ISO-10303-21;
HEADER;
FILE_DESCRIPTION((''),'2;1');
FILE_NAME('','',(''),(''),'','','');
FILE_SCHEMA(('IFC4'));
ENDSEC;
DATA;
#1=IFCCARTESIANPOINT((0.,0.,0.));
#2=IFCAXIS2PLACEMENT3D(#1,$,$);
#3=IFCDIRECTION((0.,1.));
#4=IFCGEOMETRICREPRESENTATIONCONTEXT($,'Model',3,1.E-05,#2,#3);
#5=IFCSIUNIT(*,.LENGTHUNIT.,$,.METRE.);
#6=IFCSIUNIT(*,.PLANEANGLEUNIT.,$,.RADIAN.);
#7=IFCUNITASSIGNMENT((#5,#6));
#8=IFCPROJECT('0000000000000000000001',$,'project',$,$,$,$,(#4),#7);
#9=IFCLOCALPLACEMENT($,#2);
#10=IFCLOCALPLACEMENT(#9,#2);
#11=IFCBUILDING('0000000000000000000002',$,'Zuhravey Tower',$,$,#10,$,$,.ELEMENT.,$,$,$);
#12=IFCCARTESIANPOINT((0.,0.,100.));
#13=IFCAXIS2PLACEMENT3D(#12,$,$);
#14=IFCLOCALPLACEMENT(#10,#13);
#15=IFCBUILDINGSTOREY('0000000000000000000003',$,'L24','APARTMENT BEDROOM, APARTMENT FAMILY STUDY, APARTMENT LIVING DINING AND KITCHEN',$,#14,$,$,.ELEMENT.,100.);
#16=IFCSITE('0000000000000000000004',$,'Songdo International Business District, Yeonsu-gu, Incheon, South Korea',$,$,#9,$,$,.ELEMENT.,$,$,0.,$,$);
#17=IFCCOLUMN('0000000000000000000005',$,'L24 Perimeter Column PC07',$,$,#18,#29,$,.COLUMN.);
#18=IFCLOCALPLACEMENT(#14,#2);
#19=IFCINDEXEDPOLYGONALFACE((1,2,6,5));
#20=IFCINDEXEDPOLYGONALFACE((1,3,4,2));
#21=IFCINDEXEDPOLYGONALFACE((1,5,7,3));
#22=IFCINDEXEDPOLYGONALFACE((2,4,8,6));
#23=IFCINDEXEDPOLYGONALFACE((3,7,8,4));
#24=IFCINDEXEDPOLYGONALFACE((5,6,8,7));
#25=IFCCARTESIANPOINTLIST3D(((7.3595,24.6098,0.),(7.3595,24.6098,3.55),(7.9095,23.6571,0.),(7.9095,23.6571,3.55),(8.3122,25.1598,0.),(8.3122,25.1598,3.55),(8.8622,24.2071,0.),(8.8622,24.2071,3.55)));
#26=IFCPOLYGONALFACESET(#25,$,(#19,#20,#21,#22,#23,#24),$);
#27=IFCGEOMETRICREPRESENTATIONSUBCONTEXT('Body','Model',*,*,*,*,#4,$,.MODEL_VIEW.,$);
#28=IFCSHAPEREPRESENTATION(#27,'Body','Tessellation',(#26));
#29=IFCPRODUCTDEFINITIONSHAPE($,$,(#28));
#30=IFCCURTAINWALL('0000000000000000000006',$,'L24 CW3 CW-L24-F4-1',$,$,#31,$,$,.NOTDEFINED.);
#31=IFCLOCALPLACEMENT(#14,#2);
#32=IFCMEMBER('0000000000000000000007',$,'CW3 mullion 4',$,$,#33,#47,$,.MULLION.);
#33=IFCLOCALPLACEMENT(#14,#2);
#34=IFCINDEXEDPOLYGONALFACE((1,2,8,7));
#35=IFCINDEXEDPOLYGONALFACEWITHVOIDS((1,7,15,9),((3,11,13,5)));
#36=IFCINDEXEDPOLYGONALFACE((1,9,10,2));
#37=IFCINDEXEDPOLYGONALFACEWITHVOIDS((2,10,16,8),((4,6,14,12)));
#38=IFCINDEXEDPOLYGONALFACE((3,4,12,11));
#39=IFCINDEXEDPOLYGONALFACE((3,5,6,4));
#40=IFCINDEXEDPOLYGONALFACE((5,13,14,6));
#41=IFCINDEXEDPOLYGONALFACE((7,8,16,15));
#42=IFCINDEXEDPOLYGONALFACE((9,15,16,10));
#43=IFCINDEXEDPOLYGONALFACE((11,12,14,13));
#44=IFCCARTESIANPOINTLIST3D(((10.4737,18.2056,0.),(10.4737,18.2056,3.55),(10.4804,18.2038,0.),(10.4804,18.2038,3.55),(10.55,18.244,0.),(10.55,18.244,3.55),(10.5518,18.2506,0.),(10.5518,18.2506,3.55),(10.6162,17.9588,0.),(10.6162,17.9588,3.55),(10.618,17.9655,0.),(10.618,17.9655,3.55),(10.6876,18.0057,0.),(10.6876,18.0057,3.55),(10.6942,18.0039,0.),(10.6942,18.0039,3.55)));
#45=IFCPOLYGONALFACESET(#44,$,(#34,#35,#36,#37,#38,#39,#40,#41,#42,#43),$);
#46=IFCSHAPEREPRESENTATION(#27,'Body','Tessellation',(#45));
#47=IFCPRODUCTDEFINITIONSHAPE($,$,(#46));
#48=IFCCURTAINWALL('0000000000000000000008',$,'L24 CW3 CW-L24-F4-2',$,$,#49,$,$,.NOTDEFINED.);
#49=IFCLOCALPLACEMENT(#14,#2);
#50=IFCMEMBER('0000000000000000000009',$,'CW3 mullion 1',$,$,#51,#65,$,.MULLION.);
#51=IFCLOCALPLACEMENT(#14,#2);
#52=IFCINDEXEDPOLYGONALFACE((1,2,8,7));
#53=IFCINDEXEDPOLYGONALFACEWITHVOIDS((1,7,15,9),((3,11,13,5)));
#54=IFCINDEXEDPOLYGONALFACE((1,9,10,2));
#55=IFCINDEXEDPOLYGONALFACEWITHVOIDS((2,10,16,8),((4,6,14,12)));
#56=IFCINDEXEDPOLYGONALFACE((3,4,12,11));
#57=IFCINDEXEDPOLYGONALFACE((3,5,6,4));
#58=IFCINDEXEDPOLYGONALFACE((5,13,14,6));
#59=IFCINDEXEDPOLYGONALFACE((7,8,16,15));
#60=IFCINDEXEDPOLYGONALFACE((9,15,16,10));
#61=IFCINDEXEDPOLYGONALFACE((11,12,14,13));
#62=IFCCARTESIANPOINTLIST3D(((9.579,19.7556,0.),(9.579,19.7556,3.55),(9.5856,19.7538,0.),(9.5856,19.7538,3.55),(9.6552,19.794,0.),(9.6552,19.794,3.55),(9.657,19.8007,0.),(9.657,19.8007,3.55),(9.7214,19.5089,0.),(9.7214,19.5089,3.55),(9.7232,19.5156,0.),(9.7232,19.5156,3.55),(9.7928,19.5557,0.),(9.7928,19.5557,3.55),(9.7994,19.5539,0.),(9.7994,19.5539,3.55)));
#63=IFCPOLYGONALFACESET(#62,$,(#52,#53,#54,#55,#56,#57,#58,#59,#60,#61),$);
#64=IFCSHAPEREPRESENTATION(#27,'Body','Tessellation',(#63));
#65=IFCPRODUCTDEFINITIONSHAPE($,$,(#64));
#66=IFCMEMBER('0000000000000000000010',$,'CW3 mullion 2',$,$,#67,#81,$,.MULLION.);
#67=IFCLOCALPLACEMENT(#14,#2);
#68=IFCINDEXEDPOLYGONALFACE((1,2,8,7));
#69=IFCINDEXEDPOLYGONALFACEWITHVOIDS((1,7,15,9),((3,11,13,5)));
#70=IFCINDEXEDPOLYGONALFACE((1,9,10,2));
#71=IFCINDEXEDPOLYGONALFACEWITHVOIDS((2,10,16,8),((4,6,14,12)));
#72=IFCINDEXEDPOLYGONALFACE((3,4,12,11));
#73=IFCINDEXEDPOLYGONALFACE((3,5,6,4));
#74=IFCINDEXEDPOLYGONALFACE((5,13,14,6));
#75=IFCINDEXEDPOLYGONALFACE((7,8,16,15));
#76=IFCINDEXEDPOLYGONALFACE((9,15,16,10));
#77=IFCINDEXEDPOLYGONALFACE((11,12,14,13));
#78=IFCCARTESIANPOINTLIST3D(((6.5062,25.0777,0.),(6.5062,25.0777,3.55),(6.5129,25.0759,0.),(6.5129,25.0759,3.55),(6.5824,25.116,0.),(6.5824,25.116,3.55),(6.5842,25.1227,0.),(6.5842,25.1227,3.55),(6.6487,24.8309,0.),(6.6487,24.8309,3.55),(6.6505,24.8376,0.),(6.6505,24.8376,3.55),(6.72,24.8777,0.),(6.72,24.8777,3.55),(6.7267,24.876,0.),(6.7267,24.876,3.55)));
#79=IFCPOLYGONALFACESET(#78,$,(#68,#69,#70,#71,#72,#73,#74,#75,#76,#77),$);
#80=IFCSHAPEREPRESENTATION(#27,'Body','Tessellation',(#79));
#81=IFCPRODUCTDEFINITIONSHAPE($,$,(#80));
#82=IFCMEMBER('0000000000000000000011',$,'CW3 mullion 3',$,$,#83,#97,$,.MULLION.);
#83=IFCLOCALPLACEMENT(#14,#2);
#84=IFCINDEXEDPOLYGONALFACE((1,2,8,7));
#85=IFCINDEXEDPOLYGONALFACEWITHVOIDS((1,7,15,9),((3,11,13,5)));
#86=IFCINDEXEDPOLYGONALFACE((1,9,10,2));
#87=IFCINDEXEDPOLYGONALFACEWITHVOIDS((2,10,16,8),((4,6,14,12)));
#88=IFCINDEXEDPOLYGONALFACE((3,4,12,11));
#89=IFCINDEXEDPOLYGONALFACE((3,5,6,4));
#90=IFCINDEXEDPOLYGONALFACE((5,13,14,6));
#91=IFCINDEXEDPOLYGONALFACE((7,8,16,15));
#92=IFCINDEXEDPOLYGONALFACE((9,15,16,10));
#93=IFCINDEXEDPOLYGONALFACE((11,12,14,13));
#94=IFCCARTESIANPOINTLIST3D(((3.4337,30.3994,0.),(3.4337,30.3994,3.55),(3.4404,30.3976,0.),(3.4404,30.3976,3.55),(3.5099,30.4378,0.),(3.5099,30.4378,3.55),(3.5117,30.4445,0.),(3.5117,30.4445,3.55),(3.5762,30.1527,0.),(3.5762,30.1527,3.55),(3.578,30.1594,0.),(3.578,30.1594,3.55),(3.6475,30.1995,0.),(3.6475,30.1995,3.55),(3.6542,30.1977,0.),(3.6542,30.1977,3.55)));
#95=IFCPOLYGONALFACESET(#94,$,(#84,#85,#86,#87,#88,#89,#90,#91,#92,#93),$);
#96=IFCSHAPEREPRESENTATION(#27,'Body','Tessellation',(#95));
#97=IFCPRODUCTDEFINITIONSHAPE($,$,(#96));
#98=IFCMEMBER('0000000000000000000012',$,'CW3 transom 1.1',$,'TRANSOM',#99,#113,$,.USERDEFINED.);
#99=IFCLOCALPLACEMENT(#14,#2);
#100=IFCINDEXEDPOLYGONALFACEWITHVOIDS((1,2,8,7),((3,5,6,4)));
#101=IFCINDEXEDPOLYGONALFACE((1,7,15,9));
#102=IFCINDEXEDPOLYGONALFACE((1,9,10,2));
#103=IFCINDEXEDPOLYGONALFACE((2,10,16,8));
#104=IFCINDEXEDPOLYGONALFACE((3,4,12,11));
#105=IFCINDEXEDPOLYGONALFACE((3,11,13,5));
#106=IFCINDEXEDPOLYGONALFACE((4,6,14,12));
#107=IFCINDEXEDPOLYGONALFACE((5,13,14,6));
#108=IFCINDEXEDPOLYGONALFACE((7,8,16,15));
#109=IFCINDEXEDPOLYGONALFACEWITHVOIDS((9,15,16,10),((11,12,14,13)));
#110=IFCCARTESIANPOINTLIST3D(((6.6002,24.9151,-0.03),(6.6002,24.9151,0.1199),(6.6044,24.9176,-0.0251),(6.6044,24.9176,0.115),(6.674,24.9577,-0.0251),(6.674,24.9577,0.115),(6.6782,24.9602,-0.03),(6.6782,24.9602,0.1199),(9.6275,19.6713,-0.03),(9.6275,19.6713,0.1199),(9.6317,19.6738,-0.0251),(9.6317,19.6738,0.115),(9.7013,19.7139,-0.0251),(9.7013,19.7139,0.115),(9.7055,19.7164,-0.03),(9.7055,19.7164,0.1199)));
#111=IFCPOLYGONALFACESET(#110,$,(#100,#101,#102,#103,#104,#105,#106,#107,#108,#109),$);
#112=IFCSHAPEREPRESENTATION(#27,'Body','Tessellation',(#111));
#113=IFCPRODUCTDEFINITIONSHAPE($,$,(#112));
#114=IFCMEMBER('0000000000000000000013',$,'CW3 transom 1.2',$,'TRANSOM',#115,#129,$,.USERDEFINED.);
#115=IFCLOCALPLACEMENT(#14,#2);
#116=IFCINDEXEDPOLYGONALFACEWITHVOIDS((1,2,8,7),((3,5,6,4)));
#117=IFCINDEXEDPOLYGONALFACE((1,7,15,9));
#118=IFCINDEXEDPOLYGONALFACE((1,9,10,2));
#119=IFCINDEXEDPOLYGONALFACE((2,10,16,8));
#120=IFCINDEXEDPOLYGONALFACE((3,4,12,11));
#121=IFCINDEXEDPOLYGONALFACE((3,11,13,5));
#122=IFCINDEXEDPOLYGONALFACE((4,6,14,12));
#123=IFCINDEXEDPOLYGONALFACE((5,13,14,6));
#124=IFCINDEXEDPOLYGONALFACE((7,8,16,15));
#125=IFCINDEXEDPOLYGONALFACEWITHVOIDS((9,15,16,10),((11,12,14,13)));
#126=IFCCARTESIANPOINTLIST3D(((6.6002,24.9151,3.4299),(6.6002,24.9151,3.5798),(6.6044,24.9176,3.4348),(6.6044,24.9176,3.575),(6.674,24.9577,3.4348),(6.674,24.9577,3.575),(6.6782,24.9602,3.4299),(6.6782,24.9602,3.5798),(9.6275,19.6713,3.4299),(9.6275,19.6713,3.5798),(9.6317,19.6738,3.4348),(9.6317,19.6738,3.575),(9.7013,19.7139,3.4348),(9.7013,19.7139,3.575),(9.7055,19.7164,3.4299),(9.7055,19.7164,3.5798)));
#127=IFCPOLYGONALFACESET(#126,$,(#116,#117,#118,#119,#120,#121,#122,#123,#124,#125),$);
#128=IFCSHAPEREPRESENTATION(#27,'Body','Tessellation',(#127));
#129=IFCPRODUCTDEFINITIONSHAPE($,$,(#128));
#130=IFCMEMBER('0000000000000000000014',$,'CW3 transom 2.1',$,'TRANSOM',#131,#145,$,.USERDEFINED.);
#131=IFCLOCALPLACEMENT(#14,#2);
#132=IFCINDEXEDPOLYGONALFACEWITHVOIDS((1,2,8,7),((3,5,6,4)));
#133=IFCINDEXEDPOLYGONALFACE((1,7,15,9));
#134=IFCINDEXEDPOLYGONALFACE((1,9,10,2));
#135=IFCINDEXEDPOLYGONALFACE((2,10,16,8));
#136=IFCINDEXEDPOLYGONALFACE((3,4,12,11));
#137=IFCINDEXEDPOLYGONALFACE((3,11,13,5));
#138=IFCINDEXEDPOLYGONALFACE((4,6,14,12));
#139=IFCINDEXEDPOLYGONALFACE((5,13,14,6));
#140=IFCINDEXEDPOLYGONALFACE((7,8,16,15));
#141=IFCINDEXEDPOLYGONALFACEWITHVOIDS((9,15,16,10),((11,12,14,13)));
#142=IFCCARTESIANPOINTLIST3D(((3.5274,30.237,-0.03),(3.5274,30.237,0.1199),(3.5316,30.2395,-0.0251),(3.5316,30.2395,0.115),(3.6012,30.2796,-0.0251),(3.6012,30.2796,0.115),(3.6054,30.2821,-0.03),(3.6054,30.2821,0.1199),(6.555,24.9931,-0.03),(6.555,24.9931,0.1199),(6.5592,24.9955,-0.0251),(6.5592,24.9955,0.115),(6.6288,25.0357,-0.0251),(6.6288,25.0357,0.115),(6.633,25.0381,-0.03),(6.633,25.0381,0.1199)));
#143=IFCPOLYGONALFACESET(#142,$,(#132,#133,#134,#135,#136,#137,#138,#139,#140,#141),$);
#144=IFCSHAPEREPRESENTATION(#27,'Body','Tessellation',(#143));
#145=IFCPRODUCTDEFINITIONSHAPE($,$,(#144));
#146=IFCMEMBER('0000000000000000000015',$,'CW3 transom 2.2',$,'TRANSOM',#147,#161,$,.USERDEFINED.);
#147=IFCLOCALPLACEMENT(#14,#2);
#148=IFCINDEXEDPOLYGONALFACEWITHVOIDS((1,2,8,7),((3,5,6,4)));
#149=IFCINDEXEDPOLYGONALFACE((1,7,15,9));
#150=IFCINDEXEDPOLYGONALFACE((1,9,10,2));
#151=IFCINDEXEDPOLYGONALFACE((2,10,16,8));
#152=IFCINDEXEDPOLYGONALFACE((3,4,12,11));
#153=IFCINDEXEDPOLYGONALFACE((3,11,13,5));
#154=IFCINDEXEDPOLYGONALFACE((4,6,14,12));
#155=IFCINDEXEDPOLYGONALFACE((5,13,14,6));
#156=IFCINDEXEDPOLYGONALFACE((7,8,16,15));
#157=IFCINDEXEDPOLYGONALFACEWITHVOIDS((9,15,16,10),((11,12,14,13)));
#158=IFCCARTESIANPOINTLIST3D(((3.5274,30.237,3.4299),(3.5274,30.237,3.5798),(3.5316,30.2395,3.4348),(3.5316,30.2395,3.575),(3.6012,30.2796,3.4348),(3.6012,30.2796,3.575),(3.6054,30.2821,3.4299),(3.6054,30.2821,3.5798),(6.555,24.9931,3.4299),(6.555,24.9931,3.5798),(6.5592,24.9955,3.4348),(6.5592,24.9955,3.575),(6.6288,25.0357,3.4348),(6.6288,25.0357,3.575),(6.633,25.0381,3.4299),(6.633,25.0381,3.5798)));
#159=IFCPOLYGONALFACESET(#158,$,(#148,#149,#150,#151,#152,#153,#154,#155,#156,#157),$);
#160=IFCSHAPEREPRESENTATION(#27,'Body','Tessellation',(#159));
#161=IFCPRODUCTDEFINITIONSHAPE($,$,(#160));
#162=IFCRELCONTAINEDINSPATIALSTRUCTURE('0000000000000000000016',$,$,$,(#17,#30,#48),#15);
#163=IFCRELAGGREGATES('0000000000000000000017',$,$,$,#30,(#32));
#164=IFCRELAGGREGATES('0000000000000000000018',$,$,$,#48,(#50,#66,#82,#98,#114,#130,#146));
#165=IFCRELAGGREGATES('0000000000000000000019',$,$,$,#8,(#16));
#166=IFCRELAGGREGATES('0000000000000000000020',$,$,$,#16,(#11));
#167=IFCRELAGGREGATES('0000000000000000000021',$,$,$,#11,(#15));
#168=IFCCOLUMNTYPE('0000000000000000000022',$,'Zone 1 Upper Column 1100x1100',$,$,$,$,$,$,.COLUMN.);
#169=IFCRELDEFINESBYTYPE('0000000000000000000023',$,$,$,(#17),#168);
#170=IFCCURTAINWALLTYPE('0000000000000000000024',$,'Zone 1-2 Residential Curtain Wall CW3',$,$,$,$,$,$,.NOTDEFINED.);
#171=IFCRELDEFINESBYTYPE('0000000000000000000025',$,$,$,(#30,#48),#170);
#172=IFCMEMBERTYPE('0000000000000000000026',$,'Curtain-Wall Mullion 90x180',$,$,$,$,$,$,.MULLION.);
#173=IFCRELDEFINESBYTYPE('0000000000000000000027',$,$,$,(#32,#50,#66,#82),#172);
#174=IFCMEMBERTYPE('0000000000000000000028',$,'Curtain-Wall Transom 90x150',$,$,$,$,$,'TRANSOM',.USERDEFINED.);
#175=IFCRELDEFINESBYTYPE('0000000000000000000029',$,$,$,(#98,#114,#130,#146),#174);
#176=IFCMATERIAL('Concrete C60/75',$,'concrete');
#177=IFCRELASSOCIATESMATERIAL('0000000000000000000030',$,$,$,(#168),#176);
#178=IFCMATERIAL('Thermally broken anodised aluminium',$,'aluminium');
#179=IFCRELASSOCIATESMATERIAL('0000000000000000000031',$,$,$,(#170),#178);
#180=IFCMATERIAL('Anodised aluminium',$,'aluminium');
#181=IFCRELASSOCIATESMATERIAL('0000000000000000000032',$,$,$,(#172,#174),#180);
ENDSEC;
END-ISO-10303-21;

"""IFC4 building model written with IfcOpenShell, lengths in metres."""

from ifc_helpers import new_model, si_unit, direction, frame, origin, origin_2d, place, context, subcontext, project, spatial, rectangle, hollow_rectangle, extrude, material, material_profile, profile_set, type_object, element, aggregate, save


model = new_model("IFC4")

# Units and contexts
model_context = context("Model", 3, precision=1e-05, world=origin(), true_north=direction((0.0, 1.0)))
body_context = subcontext(model_context, "Body", "Model", "MODEL_VIEW")
ifc_project = project(units=[si_unit("LENGTHUNIT", "METRE"), si_unit("PLANEANGLEUNIT", "RADIAN")], contexts=[model_context])

# Site, building, storey
site_placement = place(None, origin())
site = spatial("IfcSite", under=ifc_project, at=site_placement, Name="Songdo International Business District, Yeonsu-gu, Incheon, South Korea", CompositionType="ELEMENT", RefElevation=0.0)
building_placement = place(site_placement, origin())
building = spatial("IfcBuilding", under=site, at=building_placement, Name="Zuhravey Tower", CompositionType="ELEMENT")
storey_placement = place(building_placement, frame((0.0, 0.0, 100.0)))
storey = spatial("IfcBuildingStorey", under=building, at=storey_placement, Name="L24", Description="APARTMENT BEDROOM, APARTMENT FAMILY STUDY, APARTMENT LIVING DINING AND KITCHEN", CompositionType="ELEMENT", Elevation=100.0)

# Column
ifc_material_1 = material(Name="Concrete C60/75", Category="concrete")
ifc_material_profile_1 = material_profile(ifc_material_1, rectangle(XDim=1.1001, YDim=1.1001, at=origin_2d()), Name="RC-1100x1100")
ifc_profile_set_1 = profile_set([ifc_material_profile_1], Name="Concrete C60/75")
column_type = type_object("IfcColumnType", Name="Zone 1 Upper Column 1100x1100", PredefinedType="COLUMN", material=ifc_profile_set_1)
column_placement = place(storey_placement, frame((8.1108, 24.4084, 0.0), z_axis=(0.0, 0.0, 1.0), x_axis=(0.5, -0.866025, 0.0)))
element("IfcColumn", 1, at=column_placement, inside=storey, type_object=column_type, Name="L24 Perimeter Column PC07", PredefinedType="COLUMN", context=body_context, shape_type="SweptSolid", body=[
    extrude(rectangle(XDim=1.1001, YDim=1.1001, at=origin_2d()), origin(), (0.0, 0.0, 1.0), 3.55),
])

# Curtain wall, member
ifc_material_2 = material(Name="Thermally broken anodised aluminium", Category="aluminium")
curtain_wall_type = type_object("IfcCurtainWallType", Name="Zone 1-2 Residential Curtain Wall CW3", PredefinedType="NOTDEFINED", material=ifc_material_2)
curtain_wall_1_placement = place(storey_placement, origin())
curtain_wall_1 = element("IfcCurtainWall", 2, at=curtain_wall_1_placement, inside=storey, type_object=curtain_wall_type, Name="L24 CW3 CW-L24-F4-1", PredefinedType="NOTDEFINED")
ifc_material_3 = material(Name="Anodised aluminium", Category="aluminium")
ifc_material_profile_2 = material_profile(ifc_material_3, hollow_rectangle(XDim=0.0901, YDim=0.2849, WallThickness=0.0049, at=origin_2d()), Name="ALU-RHS-90x285x5")
ifc_profile_set_2 = profile_set([ifc_material_profile_2], Name="Anodised aluminium")
member_type_1 = type_object("IfcMemberType", Name="Curtain-Wall Mullion 90x180", PredefinedType="MULLION", material=ifc_profile_set_2)
member_1_placement = place(storey_placement, frame((10.584, 18.1047, 0.0), z_axis=(0.0, 0.0, 1.0), x_axis=(-0.866026, -0.499999, 0.0)))
member_1 = element("IfcMember", 3, at=member_1_placement, type_object=member_type_1, Name="CW3 mullion 4", PredefinedType="MULLION", context=body_context, shape_type="SweptSolid", body=[
    extrude(hollow_rectangle(XDim=0.0901, YDim=0.2849, WallThickness=0.0049, at=origin_2d()), origin(), (0.0, 0.0, 1.0), 3.55),
])

# Curtain wall, members
curtain_wall_2_placement = place(storey_placement, origin())
curtain_wall_2 = element("IfcCurtainWall", 4, at=curtain_wall_2_placement, inside=storey, type_object=curtain_wall_type, Name="L24 CW3 CW-L24-F4-2", PredefinedType="NOTDEFINED")
member_2_placement = place(storey_placement, frame((9.6892, 19.6548, 0.0), z_axis=(0.0, 0.0, 1.0), x_axis=(-0.866026, -0.499999, 0.0)))
member_2 = element("IfcMember", 5, at=member_2_placement, type_object=member_type_1, Name="CW3 mullion 1", PredefinedType="MULLION", context=body_context, shape_type="SweptSolid", body=[
    extrude(hollow_rectangle(XDim=0.0901, YDim=0.2849, WallThickness=0.0049, at=origin_2d()), origin(), (0.0, 0.0, 1.0), 3.55),
])
member_3_placement = place(storey_placement, frame((6.6165, 24.9768, 0.0), z_axis=(0.0, 0.0, 1.0), x_axis=(-0.866026, -0.499999, 0.0)))
member_3 = element("IfcMember", 6, at=member_3_placement, type_object=member_type_1, Name="CW3 mullion 2", PredefinedType="MULLION", context=body_context, shape_type="SweptSolid", body=[
    extrude(hollow_rectangle(XDim=0.0901, YDim=0.2849, WallThickness=0.0049, at=origin_2d()), origin(), (0.0, 0.0, 1.0), 3.55),
])
member_4_placement = place(storey_placement, frame((3.5439, 30.2986, 0.0), z_axis=(0.0, 0.0, 1.0), x_axis=(-0.866026, -0.499999, 0.0)))
member_4 = element("IfcMember", 7, at=member_4_placement, type_object=member_type_1, Name="CW3 mullion 3", PredefinedType="MULLION", context=body_context, shape_type="SweptSolid", body=[
    extrude(hollow_rectangle(XDim=0.0901, YDim=0.2849, WallThickness=0.0049, at=origin_2d()), origin(), (0.0, 0.0, 1.0), 3.55),
])
ifc_material_profile_3 = material_profile(ifc_material_3, hollow_rectangle(XDim=0.0901, YDim=0.1499, WallThickness=0.0049, at=origin_2d()), Name="ALU-RHS-90x150x5")
ifc_profile_set_3 = profile_set([ifc_material_profile_3], Name="Anodised aluminium")
member_type_2 = type_object("IfcMemberType", Name="Curtain-Wall Transom 90x150", ElementType="TRANSOM", PredefinedType="USERDEFINED", material=ifc_profile_set_3)
member_5_placement = place(storey_placement, frame((9.6665, 19.6938, 0.0449), z_axis=(-0.499973, 0.866041, 0.0), x_axis=(-0.866041, -0.499973, 0.0)))
member_5 = element("IfcMember", 8, at=member_5_placement, type_object=member_type_2, Name="CW3 transom 1.1", ObjectType="TRANSOM", PredefinedType="USERDEFINED", context=body_context, shape_type="SweptSolid", body=[
    extrude(hollow_rectangle(XDim=0.0901, YDim=0.1499, WallThickness=0.0049, at=origin_2d()), origin(), (0.0, 0.0, 1.0), 6.0549),
])
member_6_placement = place(storey_placement, frame((9.6665, 19.6938, 3.5049), z_axis=(-0.499973, 0.866041, 0.0), x_axis=(-0.866041, -0.499973, 0.0)))
member_6 = element("IfcMember", 9, at=member_6_placement, type_object=member_type_2, Name="CW3 transom 1.2", ObjectType="TRANSOM", PredefinedType="USERDEFINED", context=body_context, shape_type="SweptSolid", body=[
    extrude(hollow_rectangle(XDim=0.0901, YDim=0.1499, WallThickness=0.0049, at=origin_2d()), origin(), (0.0, 0.0, 1.0), 6.0549),
])
member_7_placement = place(storey_placement, frame((6.594, 25.0156, 0.0449), z_axis=(-0.500003, 0.866024, 0.0), x_axis=(-0.866024, -0.500003, 0.0)))
member_7 = element("IfcMember", 10, at=member_7_placement, type_object=member_type_2, Name="CW3 transom 2.1", ObjectType="TRANSOM", PredefinedType="USERDEFINED", context=body_context, shape_type="SweptSolid", body=[
    extrude(hollow_rectangle(XDim=0.0901, YDim=0.1499, WallThickness=0.0049, at=origin_2d()), origin(), (0.0, 0.0, 1.0), 6.0552),
])
member_8_placement = place(storey_placement, frame((6.594, 25.0156, 3.5049), z_axis=(-0.500003, 0.866024, 0.0), x_axis=(-0.866024, -0.500003, 0.0)))
member_8 = element("IfcMember", 11, at=member_8_placement, type_object=member_type_2, Name="CW3 transom 2.2", ObjectType="TRANSOM", PredefinedType="USERDEFINED", context=body_context, shape_type="SweptSolid", body=[
    extrude(hollow_rectangle(XDim=0.0901, YDim=0.1499, WallThickness=0.0049, at=origin_2d()), origin(), (0.0, 0.0, 1.0), 6.0552),
])

aggregate(curtain_wall_1, [member_1])
aggregate(curtain_wall_2, [member_2, member_3, member_4, member_5, member_6, member_7, member_8])

save(model, "model.ifc")
